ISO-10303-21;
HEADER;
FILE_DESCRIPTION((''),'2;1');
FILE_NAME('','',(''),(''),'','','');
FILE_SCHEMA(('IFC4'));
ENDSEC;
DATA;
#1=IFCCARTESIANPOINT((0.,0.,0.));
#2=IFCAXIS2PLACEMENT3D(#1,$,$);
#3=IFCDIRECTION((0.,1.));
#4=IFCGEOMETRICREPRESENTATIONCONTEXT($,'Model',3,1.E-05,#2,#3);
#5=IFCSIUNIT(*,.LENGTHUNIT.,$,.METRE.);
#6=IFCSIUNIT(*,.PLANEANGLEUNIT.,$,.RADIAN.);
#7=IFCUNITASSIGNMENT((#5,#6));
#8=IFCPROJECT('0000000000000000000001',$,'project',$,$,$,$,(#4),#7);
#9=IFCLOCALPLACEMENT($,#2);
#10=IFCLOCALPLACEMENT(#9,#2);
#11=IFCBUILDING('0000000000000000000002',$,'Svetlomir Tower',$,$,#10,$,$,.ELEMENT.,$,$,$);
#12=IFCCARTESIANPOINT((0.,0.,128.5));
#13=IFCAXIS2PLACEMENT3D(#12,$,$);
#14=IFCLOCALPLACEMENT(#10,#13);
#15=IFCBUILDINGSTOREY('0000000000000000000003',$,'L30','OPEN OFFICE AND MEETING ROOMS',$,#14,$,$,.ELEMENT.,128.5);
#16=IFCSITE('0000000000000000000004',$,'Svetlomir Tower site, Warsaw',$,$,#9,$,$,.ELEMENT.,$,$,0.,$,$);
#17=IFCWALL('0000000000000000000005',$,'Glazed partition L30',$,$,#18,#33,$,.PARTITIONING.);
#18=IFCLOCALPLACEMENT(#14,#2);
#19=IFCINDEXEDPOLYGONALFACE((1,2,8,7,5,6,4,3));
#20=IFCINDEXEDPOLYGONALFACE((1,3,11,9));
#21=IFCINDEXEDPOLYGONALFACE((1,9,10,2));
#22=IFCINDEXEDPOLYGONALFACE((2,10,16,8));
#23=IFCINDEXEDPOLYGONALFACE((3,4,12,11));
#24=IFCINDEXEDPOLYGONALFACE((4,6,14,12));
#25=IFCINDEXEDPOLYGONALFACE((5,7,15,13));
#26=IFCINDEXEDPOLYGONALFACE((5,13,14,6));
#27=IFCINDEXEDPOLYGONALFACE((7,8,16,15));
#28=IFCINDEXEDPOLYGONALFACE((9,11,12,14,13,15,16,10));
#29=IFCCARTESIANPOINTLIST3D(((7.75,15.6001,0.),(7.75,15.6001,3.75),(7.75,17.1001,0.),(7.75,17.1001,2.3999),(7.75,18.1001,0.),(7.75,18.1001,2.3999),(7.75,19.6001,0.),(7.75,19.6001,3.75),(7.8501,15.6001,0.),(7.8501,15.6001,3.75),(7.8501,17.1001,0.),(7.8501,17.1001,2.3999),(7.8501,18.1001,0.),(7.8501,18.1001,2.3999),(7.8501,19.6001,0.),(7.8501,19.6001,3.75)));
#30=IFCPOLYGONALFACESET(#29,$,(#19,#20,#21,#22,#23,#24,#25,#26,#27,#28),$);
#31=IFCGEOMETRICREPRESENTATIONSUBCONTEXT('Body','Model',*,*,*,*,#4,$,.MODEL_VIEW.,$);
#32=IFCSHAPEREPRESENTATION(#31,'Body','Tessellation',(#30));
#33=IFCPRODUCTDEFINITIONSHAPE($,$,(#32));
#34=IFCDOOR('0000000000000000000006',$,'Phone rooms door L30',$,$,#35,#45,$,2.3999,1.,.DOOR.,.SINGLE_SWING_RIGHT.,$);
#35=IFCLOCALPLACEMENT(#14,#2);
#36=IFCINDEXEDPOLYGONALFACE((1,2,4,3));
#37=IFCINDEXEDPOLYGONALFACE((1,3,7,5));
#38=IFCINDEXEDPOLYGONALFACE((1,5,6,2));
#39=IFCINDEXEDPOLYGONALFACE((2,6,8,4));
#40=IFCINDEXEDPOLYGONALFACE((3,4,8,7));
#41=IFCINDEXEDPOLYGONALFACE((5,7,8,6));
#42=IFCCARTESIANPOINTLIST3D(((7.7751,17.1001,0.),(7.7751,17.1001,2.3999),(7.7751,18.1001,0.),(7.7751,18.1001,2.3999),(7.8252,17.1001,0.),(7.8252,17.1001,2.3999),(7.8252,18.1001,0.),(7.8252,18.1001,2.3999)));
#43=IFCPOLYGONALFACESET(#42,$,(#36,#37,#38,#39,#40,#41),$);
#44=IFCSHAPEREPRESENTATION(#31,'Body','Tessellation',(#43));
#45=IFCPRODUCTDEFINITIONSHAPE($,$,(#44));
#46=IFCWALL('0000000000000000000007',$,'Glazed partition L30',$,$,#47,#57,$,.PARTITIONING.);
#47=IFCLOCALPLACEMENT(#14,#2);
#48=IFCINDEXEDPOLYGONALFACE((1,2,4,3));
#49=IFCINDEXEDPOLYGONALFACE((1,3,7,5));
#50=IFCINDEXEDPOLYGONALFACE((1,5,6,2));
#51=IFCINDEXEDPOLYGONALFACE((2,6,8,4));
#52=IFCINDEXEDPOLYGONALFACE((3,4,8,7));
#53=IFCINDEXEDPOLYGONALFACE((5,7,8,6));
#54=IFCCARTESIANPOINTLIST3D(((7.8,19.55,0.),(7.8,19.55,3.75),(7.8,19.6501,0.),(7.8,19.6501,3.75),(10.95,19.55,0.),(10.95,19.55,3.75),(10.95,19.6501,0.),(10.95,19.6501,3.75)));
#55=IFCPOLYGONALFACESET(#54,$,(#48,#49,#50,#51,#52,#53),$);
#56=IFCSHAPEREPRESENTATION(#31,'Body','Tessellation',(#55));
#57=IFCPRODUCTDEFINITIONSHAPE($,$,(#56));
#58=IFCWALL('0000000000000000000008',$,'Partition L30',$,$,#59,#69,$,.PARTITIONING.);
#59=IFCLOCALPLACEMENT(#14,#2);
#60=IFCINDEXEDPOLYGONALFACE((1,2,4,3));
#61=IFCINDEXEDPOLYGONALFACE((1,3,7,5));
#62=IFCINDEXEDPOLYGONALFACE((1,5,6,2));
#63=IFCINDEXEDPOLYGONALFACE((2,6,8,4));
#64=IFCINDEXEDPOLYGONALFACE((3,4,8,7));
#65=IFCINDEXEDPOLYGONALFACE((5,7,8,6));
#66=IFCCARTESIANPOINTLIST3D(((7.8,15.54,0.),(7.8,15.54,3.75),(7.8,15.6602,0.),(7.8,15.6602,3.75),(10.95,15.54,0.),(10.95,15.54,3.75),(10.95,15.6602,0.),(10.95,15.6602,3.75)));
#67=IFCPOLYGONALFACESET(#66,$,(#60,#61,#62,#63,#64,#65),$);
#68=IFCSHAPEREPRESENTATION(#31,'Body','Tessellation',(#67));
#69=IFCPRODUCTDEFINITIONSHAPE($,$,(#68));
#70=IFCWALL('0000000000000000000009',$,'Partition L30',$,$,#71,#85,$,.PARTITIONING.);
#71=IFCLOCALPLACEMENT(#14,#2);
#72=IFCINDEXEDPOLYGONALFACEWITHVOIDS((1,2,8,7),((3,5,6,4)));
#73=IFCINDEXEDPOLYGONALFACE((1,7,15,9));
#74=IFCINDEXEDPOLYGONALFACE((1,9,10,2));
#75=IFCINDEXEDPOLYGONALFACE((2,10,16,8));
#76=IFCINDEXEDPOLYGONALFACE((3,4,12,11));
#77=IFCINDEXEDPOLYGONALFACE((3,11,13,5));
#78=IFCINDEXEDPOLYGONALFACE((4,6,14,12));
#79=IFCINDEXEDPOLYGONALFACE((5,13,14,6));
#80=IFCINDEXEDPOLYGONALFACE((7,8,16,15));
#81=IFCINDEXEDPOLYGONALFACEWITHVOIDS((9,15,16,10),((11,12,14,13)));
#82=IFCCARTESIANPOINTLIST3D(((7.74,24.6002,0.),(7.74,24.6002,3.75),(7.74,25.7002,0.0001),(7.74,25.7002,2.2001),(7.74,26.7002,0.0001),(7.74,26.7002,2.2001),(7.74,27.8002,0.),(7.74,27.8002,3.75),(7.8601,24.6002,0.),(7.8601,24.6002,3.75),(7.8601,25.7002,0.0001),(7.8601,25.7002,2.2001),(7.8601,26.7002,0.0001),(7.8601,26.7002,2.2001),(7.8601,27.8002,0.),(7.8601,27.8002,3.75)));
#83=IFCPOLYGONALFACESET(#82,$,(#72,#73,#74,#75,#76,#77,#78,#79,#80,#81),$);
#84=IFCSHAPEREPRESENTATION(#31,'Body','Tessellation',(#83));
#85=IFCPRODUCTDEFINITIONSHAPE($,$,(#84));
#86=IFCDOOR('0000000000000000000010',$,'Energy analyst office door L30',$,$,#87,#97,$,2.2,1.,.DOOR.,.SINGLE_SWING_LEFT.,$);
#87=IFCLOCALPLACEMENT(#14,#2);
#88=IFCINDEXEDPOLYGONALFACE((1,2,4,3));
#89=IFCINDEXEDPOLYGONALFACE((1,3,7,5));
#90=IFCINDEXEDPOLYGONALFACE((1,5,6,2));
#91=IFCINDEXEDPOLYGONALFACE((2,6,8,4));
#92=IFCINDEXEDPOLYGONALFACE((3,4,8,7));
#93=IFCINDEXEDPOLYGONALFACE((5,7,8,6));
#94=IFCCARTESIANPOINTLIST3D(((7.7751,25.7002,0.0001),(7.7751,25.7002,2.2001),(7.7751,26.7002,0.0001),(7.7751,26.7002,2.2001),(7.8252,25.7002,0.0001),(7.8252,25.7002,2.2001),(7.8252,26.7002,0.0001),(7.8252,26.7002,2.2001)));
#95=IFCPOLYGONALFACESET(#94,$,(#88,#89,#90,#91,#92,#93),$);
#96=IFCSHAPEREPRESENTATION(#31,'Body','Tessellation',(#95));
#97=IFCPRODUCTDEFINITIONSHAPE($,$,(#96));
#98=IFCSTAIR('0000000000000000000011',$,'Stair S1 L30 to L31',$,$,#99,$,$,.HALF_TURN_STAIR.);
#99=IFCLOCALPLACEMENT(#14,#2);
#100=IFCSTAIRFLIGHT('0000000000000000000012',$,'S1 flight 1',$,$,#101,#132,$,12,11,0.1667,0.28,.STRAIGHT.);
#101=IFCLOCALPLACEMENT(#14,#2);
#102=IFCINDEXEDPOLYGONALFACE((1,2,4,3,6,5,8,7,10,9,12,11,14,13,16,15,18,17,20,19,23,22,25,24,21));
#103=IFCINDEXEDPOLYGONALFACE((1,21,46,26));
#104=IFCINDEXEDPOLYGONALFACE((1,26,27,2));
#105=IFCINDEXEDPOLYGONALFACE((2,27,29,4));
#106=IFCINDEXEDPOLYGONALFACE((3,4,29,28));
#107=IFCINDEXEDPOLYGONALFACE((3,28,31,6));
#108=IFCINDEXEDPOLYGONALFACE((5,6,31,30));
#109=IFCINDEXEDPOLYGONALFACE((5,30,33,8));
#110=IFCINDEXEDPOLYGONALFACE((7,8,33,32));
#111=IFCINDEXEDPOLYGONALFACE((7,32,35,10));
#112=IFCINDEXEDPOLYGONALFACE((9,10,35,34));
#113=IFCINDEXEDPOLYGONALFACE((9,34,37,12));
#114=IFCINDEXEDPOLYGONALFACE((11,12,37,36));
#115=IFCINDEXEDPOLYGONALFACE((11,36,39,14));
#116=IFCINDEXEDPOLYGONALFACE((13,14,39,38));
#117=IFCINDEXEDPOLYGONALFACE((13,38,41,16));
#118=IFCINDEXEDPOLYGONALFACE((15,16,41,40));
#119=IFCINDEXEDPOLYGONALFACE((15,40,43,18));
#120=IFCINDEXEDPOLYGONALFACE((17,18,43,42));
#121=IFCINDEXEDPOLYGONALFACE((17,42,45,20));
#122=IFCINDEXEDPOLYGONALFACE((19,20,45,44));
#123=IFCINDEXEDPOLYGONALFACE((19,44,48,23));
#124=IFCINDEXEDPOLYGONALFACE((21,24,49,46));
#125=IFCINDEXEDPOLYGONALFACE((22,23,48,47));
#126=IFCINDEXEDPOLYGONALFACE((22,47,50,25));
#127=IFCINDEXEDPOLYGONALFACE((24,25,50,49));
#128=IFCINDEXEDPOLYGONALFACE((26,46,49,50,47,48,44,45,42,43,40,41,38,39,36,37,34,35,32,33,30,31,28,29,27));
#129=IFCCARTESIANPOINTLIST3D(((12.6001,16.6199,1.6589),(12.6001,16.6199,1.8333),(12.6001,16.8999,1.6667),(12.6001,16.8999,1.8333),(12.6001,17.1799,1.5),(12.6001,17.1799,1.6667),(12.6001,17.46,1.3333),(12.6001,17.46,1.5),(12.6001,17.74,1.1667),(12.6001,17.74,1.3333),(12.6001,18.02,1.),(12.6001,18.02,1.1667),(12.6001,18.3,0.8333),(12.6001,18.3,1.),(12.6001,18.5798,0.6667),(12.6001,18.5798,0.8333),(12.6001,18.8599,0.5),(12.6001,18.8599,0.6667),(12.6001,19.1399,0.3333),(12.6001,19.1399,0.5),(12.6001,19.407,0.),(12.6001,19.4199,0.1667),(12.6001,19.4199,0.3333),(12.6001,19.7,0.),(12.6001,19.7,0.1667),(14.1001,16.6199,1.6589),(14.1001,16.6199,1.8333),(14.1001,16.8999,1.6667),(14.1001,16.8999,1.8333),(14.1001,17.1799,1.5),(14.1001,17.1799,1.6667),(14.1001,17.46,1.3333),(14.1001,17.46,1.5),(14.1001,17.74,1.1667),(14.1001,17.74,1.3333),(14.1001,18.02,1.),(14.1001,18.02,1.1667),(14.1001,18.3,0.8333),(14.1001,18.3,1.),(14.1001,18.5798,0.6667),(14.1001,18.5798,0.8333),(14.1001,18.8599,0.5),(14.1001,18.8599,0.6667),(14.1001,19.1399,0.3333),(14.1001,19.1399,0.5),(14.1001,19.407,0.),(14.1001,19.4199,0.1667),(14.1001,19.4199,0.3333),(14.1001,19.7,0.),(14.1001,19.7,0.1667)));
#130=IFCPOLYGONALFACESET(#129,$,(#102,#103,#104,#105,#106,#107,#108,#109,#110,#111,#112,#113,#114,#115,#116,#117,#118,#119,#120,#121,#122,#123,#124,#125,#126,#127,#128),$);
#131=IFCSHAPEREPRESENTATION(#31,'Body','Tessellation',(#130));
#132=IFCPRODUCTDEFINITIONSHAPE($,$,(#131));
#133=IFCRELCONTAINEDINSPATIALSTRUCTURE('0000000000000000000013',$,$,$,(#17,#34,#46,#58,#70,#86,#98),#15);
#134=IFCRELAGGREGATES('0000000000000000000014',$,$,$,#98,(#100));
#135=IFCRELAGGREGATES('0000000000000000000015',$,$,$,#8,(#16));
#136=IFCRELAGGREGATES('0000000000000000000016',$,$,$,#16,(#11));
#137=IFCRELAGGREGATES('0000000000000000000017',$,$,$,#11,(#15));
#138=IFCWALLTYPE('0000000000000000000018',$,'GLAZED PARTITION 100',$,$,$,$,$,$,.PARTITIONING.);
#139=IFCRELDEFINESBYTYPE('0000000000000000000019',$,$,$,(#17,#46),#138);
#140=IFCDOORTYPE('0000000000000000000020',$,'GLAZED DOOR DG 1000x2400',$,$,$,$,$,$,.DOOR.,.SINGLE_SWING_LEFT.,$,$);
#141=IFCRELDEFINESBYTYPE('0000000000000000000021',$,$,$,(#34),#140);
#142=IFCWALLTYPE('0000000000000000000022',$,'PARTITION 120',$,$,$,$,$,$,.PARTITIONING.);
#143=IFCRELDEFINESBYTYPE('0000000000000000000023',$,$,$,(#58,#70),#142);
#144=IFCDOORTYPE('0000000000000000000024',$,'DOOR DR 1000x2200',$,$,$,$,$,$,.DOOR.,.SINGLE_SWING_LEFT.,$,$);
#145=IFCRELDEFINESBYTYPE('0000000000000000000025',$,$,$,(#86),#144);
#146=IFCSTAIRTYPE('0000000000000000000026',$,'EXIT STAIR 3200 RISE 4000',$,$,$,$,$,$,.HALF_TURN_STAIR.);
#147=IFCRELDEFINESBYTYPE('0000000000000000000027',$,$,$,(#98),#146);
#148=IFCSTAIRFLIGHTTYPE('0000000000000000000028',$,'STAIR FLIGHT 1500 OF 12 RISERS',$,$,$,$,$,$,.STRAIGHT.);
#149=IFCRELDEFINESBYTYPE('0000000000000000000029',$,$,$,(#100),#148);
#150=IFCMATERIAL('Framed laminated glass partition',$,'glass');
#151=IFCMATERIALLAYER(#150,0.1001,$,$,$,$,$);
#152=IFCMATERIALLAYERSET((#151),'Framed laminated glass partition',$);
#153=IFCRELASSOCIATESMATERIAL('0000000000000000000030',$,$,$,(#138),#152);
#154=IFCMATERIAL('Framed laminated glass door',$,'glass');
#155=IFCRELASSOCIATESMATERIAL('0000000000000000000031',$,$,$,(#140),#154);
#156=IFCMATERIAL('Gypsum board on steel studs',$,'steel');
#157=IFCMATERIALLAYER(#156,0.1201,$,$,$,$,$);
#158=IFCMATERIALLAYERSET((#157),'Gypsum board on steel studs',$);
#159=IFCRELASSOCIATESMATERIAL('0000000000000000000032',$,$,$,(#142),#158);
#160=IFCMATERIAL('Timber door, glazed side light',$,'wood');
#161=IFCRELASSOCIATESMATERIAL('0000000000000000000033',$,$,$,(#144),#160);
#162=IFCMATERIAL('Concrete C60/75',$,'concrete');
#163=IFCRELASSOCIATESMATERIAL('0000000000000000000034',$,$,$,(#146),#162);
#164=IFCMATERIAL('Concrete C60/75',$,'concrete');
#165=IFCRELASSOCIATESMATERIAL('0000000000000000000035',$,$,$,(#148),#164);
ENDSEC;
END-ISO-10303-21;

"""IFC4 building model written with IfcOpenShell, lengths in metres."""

from ifc_helpers import new_model, si_unit, direction, frame, frame_2d, origin, place, context, subcontext, project, spatial, polyline, rectangle, outline, extrude, material, layer, layer_set, type_object, element, fill, aggregate, save


model = new_model("IFC4")

# Units and contexts
model_context = context("Model", 3, precision=1e-05, world=origin(), true_north=direction((0.0, 1.0)))
body_context = subcontext(model_context, "Body", "Model", "MODEL_VIEW")
ifc_project = project(units=[si_unit("LENGTHUNIT", "METRE"), si_unit("PLANEANGLEUNIT", "RADIAN")], contexts=[model_context])

# Site, building, storey
site_placement = place(None, origin())
site = spatial("IfcSite", under=ifc_project, at=site_placement, Name="Svetlomir Tower site, Warsaw", CompositionType="ELEMENT", RefElevation=0.0)
building_placement = place(site_placement, origin())
building = spatial("IfcBuilding", under=site, at=building_placement, Name="Svetlomir Tower", CompositionType="ELEMENT")
storey_placement = place(building_placement, frame((0.0, 0.0, 128.5)))
storey = spatial("IfcBuildingStorey", under=building, at=storey_placement, Name="L30", Description="OPEN OFFICE AND MEETING ROOMS", CompositionType="ELEMENT", Elevation=128.5)

# Wall, opening, door
ifc_material_1 = material(Name="Framed laminated glass partition", Category="glass")
ifc_layer_1 = layer(ifc_material_1, 0.1001)
ifc_layer_set_1 = layer_set([ifc_layer_1], Name="Framed laminated glass partition")
wall_type_1 = type_object("IfcWallType", Name="GLAZED PARTITION 100", PredefinedType="PARTITIONING", material=ifc_layer_set_1)
wall_1_placement = place(storey_placement, frame((7.8, 15.6001, 0.0), z_axis=(0.0, 0.0, 1.0), x_axis=(0.0, 1.0, 0.0)))
wall_1 = element("IfcWall", 1, at=wall_1_placement, inside=storey, type_object=wall_type_1, Name="Glazed partition L30", PredefinedType="PARTITIONING", context=body_context, shape_type="SweptSolid", body=[
    extrude(rectangle(XDim=4.0, YDim=0.1001, at=frame_2d((2.0, 0.0))), origin(), (0.0, 0.0, 1.0), 3.75),
])
opening_1_placement = place(wall_1_placement, frame((1.5, 0.0, 0.0)))
opening_1 = element("IfcOpeningElement", 2, at=opening_1_placement, cuts=wall_1, PredefinedType="OPENING", context=body_context, shape_type="SweptSolid", body=[
    extrude(rectangle(XDim=1.0, YDim=2.3999, at=frame_2d((0.5, 1.2))), frame((0.0, 0.0601, 0.0), z_axis=(0.0, -1.0, 0.0), x_axis=(1.0, 0.0, 0.0)), (0.0, 0.0, 1.0), 0.1201),
])
ifc_material_2 = material(Name="Framed laminated glass door", Category="glass")
door_type_1 = type_object("IfcDoorType", Name="GLAZED DOOR DG 1000x2400", OperationType="SINGLE_SWING_LEFT", PredefinedType="DOOR", material=ifc_material_2)
door_1_placement = place(opening_1_placement, origin())
door_1 = element("IfcDoor", 3, at=door_1_placement, inside=storey, type_object=door_type_1, Name="Phone rooms door L30", OperationType="SINGLE_SWING_RIGHT", OverallHeight=2.3999, OverallWidth=1.0, PredefinedType="DOOR", context=body_context, shape_type="SweptSolid", body=[
    extrude(rectangle(XDim=1.0, YDim=2.3999, at=frame_2d((0.5, 1.2))), frame((0.0, 0.0249, 0.0), z_axis=(0.0, -1.0, 0.0), x_axis=(1.0, 0.0, 0.0)), (0.0, 0.0, 1.0), 0.05),
])
fill(opening_1, door_1)

# Walls
wall_2_placement = place(storey_placement, frame((7.8, 19.6001, 0.0), z_axis=(0.0, 0.0, 1.0), x_axis=(1.0, 0.0, 0.0)))
element("IfcWall", 4, at=wall_2_placement, inside=storey, type_object=wall_type_1, Name="Glazed partition L30", PredefinedType="PARTITIONING", context=body_context, shape_type="SweptSolid", body=[
    extrude(rectangle(XDim=3.1499, YDim=0.1001, at=frame_2d((1.575, 0.0))), origin(), (0.0, 0.0, 1.0), 3.75),
])
ifc_material_3 = material(Name="Gypsum board on steel studs", Category="steel")
ifc_layer_2 = layer(ifc_material_3, 0.1201)
ifc_layer_set_2 = layer_set([ifc_layer_2], Name="Gypsum board on steel studs")
wall_type_2 = type_object("IfcWallType", Name="PARTITION 120", PredefinedType="PARTITIONING", material=ifc_layer_set_2)
wall_3_placement = place(storey_placement, frame((7.8, 15.6001, 0.0), z_axis=(0.0, 0.0, 1.0), x_axis=(1.0, 0.0, 0.0)))
element("IfcWall", 5, at=wall_3_placement, inside=storey, type_object=wall_type_2, Name="Partition L30", PredefinedType="PARTITIONING", context=body_context, shape_type="SweptSolid", body=[
    extrude(rectangle(XDim=3.1499, YDim=0.1201, at=frame_2d((1.575, 0.0))), origin(), (0.0, 0.0, 1.0), 3.75),
])

# Wall, opening, door
wall_4_placement = place(storey_placement, frame((7.8, 24.6001, 0.0), z_axis=(0.0, 0.0, 1.0), x_axis=(0.0, 1.0, 0.0)))
wall_4 = element("IfcWall", 6, at=wall_4_placement, inside=storey, type_object=wall_type_2, Name="Partition L30", PredefinedType="PARTITIONING", context=body_context, shape_type="SweptSolid", body=[
    extrude(rectangle(XDim=3.2, YDim=0.1201, at=frame_2d((1.6001, 0.0))), origin(), (0.0, 0.0, 1.0), 3.75),
])
opening_2_placement = place(wall_4_placement, frame((1.1001, 0.0, 0.0)))
opening_2 = element("IfcOpeningElement", 7, at=opening_2_placement, cuts=wall_4, PredefinedType="OPENING", context=body_context, shape_type="SweptSolid", body=[
    extrude(rectangle(XDim=1.0, YDim=2.2, at=frame_2d((0.5, 1.1001))), frame((0.0, 0.0701, 0.0), z_axis=(0.0, -1.0, 0.0), x_axis=(1.0, 0.0, 0.0)), (0.0, 0.0, 1.0), 0.1401),
])
ifc_material_4 = material(Name="Timber door, glazed side light", Category="wood")
door_type_2 = type_object("IfcDoorType", Name="DOOR DR 1000x2200", OperationType="SINGLE_SWING_LEFT", PredefinedType="DOOR", material=ifc_material_4)
door_2_placement = place(opening_2_placement, origin())
door_2 = element("IfcDoor", 8, at=door_2_placement, inside=storey, type_object=door_type_2, Name="Energy analyst office door L30", OperationType="SINGLE_SWING_LEFT", OverallHeight=2.2, OverallWidth=1.0, PredefinedType="DOOR", context=body_context, shape_type="SweptSolid", body=[
    extrude(rectangle(XDim=1.0, YDim=2.2, at=frame_2d((0.5, 1.1001))), frame((0.0, 0.0249, 0.0), z_axis=(0.0, -1.0, 0.0), x_axis=(1.0, 0.0, 0.0)), (0.0, 0.0, 1.0), 0.05),
])
fill(opening_2, door_2)

# Stair, stair flight
ifc_material_5 = material(Name="Concrete C60/75", Category="concrete")
stair_type = type_object("IfcStairType", Name="EXIT STAIR 3200 RISE 4000", PredefinedType="HALF_TURN_STAIR", material=ifc_material_5)
stair_placement = place(storey_placement, origin())
stair = element("IfcStair", 9, at=stair_placement, inside=storey, type_object=stair_type, Name="Stair S1 L30 to L31", PredefinedType="HALF_TURN_STAIR")
ifc_material_6 = material(Name="Concrete C60/75", Category="concrete")
stair_flight_type = type_object("IfcStairFlightType", Name="STAIR FLIGHT 1500 OF 12 RISERS", PredefinedType="STRAIGHT", material=ifc_material_6)
stair_flight_placement = place(storey_placement, frame((13.3501, 19.7, 0.0), z_axis=(0.0, 0.0, 1.0), x_axis=(0.0, -1.0, 0.0)))
stair_flight = element("IfcStairFlight", 10, at=stair_flight_placement, type_object=stair_flight_type, Name="S1 flight 1", NumberOfRisers=12, NumberOfTreads=11, PredefinedType="STRAIGHT", RiserHeight=0.1667, TreadLength=0.28, context=body_context, shape_type="SweptSolid", body=[
    extrude(outline(polyline([(0.0, 0.0), (0.0, 0.1667), (0.28, 0.1667), (0.28, 0.3333), (0.5601, 0.3333), (0.5601, 0.5), (0.8401, 0.5), (0.8401, 0.6667), (1.1201, 0.6667), (1.1201, 0.8333), (1.3999, 0.8333), (1.3999, 1.0), (1.6799, 1.0), (1.6799, 1.1667), (1.96, 1.1667), (1.96, 1.3333), (2.24, 1.3333), (2.24, 1.5), (2.52, 1.5), (2.52, 1.6667), (2.8, 1.6667), (2.8, 1.8333), (3.0801, 1.8333), (3.0801, 2.0), (3.0801, 1.6589), (0.293, 0.0), (0.0, 0.0)])), frame((0.0, 0.75, 0.0), z_axis=(0.0, -1.0, 0.0), x_axis=(1.0, 0.0, 0.0)), (0.0, 0.0, 1.0), 1.5),
])
aggregate(stair, [stair_flight])

save(model, "model.ifc")
